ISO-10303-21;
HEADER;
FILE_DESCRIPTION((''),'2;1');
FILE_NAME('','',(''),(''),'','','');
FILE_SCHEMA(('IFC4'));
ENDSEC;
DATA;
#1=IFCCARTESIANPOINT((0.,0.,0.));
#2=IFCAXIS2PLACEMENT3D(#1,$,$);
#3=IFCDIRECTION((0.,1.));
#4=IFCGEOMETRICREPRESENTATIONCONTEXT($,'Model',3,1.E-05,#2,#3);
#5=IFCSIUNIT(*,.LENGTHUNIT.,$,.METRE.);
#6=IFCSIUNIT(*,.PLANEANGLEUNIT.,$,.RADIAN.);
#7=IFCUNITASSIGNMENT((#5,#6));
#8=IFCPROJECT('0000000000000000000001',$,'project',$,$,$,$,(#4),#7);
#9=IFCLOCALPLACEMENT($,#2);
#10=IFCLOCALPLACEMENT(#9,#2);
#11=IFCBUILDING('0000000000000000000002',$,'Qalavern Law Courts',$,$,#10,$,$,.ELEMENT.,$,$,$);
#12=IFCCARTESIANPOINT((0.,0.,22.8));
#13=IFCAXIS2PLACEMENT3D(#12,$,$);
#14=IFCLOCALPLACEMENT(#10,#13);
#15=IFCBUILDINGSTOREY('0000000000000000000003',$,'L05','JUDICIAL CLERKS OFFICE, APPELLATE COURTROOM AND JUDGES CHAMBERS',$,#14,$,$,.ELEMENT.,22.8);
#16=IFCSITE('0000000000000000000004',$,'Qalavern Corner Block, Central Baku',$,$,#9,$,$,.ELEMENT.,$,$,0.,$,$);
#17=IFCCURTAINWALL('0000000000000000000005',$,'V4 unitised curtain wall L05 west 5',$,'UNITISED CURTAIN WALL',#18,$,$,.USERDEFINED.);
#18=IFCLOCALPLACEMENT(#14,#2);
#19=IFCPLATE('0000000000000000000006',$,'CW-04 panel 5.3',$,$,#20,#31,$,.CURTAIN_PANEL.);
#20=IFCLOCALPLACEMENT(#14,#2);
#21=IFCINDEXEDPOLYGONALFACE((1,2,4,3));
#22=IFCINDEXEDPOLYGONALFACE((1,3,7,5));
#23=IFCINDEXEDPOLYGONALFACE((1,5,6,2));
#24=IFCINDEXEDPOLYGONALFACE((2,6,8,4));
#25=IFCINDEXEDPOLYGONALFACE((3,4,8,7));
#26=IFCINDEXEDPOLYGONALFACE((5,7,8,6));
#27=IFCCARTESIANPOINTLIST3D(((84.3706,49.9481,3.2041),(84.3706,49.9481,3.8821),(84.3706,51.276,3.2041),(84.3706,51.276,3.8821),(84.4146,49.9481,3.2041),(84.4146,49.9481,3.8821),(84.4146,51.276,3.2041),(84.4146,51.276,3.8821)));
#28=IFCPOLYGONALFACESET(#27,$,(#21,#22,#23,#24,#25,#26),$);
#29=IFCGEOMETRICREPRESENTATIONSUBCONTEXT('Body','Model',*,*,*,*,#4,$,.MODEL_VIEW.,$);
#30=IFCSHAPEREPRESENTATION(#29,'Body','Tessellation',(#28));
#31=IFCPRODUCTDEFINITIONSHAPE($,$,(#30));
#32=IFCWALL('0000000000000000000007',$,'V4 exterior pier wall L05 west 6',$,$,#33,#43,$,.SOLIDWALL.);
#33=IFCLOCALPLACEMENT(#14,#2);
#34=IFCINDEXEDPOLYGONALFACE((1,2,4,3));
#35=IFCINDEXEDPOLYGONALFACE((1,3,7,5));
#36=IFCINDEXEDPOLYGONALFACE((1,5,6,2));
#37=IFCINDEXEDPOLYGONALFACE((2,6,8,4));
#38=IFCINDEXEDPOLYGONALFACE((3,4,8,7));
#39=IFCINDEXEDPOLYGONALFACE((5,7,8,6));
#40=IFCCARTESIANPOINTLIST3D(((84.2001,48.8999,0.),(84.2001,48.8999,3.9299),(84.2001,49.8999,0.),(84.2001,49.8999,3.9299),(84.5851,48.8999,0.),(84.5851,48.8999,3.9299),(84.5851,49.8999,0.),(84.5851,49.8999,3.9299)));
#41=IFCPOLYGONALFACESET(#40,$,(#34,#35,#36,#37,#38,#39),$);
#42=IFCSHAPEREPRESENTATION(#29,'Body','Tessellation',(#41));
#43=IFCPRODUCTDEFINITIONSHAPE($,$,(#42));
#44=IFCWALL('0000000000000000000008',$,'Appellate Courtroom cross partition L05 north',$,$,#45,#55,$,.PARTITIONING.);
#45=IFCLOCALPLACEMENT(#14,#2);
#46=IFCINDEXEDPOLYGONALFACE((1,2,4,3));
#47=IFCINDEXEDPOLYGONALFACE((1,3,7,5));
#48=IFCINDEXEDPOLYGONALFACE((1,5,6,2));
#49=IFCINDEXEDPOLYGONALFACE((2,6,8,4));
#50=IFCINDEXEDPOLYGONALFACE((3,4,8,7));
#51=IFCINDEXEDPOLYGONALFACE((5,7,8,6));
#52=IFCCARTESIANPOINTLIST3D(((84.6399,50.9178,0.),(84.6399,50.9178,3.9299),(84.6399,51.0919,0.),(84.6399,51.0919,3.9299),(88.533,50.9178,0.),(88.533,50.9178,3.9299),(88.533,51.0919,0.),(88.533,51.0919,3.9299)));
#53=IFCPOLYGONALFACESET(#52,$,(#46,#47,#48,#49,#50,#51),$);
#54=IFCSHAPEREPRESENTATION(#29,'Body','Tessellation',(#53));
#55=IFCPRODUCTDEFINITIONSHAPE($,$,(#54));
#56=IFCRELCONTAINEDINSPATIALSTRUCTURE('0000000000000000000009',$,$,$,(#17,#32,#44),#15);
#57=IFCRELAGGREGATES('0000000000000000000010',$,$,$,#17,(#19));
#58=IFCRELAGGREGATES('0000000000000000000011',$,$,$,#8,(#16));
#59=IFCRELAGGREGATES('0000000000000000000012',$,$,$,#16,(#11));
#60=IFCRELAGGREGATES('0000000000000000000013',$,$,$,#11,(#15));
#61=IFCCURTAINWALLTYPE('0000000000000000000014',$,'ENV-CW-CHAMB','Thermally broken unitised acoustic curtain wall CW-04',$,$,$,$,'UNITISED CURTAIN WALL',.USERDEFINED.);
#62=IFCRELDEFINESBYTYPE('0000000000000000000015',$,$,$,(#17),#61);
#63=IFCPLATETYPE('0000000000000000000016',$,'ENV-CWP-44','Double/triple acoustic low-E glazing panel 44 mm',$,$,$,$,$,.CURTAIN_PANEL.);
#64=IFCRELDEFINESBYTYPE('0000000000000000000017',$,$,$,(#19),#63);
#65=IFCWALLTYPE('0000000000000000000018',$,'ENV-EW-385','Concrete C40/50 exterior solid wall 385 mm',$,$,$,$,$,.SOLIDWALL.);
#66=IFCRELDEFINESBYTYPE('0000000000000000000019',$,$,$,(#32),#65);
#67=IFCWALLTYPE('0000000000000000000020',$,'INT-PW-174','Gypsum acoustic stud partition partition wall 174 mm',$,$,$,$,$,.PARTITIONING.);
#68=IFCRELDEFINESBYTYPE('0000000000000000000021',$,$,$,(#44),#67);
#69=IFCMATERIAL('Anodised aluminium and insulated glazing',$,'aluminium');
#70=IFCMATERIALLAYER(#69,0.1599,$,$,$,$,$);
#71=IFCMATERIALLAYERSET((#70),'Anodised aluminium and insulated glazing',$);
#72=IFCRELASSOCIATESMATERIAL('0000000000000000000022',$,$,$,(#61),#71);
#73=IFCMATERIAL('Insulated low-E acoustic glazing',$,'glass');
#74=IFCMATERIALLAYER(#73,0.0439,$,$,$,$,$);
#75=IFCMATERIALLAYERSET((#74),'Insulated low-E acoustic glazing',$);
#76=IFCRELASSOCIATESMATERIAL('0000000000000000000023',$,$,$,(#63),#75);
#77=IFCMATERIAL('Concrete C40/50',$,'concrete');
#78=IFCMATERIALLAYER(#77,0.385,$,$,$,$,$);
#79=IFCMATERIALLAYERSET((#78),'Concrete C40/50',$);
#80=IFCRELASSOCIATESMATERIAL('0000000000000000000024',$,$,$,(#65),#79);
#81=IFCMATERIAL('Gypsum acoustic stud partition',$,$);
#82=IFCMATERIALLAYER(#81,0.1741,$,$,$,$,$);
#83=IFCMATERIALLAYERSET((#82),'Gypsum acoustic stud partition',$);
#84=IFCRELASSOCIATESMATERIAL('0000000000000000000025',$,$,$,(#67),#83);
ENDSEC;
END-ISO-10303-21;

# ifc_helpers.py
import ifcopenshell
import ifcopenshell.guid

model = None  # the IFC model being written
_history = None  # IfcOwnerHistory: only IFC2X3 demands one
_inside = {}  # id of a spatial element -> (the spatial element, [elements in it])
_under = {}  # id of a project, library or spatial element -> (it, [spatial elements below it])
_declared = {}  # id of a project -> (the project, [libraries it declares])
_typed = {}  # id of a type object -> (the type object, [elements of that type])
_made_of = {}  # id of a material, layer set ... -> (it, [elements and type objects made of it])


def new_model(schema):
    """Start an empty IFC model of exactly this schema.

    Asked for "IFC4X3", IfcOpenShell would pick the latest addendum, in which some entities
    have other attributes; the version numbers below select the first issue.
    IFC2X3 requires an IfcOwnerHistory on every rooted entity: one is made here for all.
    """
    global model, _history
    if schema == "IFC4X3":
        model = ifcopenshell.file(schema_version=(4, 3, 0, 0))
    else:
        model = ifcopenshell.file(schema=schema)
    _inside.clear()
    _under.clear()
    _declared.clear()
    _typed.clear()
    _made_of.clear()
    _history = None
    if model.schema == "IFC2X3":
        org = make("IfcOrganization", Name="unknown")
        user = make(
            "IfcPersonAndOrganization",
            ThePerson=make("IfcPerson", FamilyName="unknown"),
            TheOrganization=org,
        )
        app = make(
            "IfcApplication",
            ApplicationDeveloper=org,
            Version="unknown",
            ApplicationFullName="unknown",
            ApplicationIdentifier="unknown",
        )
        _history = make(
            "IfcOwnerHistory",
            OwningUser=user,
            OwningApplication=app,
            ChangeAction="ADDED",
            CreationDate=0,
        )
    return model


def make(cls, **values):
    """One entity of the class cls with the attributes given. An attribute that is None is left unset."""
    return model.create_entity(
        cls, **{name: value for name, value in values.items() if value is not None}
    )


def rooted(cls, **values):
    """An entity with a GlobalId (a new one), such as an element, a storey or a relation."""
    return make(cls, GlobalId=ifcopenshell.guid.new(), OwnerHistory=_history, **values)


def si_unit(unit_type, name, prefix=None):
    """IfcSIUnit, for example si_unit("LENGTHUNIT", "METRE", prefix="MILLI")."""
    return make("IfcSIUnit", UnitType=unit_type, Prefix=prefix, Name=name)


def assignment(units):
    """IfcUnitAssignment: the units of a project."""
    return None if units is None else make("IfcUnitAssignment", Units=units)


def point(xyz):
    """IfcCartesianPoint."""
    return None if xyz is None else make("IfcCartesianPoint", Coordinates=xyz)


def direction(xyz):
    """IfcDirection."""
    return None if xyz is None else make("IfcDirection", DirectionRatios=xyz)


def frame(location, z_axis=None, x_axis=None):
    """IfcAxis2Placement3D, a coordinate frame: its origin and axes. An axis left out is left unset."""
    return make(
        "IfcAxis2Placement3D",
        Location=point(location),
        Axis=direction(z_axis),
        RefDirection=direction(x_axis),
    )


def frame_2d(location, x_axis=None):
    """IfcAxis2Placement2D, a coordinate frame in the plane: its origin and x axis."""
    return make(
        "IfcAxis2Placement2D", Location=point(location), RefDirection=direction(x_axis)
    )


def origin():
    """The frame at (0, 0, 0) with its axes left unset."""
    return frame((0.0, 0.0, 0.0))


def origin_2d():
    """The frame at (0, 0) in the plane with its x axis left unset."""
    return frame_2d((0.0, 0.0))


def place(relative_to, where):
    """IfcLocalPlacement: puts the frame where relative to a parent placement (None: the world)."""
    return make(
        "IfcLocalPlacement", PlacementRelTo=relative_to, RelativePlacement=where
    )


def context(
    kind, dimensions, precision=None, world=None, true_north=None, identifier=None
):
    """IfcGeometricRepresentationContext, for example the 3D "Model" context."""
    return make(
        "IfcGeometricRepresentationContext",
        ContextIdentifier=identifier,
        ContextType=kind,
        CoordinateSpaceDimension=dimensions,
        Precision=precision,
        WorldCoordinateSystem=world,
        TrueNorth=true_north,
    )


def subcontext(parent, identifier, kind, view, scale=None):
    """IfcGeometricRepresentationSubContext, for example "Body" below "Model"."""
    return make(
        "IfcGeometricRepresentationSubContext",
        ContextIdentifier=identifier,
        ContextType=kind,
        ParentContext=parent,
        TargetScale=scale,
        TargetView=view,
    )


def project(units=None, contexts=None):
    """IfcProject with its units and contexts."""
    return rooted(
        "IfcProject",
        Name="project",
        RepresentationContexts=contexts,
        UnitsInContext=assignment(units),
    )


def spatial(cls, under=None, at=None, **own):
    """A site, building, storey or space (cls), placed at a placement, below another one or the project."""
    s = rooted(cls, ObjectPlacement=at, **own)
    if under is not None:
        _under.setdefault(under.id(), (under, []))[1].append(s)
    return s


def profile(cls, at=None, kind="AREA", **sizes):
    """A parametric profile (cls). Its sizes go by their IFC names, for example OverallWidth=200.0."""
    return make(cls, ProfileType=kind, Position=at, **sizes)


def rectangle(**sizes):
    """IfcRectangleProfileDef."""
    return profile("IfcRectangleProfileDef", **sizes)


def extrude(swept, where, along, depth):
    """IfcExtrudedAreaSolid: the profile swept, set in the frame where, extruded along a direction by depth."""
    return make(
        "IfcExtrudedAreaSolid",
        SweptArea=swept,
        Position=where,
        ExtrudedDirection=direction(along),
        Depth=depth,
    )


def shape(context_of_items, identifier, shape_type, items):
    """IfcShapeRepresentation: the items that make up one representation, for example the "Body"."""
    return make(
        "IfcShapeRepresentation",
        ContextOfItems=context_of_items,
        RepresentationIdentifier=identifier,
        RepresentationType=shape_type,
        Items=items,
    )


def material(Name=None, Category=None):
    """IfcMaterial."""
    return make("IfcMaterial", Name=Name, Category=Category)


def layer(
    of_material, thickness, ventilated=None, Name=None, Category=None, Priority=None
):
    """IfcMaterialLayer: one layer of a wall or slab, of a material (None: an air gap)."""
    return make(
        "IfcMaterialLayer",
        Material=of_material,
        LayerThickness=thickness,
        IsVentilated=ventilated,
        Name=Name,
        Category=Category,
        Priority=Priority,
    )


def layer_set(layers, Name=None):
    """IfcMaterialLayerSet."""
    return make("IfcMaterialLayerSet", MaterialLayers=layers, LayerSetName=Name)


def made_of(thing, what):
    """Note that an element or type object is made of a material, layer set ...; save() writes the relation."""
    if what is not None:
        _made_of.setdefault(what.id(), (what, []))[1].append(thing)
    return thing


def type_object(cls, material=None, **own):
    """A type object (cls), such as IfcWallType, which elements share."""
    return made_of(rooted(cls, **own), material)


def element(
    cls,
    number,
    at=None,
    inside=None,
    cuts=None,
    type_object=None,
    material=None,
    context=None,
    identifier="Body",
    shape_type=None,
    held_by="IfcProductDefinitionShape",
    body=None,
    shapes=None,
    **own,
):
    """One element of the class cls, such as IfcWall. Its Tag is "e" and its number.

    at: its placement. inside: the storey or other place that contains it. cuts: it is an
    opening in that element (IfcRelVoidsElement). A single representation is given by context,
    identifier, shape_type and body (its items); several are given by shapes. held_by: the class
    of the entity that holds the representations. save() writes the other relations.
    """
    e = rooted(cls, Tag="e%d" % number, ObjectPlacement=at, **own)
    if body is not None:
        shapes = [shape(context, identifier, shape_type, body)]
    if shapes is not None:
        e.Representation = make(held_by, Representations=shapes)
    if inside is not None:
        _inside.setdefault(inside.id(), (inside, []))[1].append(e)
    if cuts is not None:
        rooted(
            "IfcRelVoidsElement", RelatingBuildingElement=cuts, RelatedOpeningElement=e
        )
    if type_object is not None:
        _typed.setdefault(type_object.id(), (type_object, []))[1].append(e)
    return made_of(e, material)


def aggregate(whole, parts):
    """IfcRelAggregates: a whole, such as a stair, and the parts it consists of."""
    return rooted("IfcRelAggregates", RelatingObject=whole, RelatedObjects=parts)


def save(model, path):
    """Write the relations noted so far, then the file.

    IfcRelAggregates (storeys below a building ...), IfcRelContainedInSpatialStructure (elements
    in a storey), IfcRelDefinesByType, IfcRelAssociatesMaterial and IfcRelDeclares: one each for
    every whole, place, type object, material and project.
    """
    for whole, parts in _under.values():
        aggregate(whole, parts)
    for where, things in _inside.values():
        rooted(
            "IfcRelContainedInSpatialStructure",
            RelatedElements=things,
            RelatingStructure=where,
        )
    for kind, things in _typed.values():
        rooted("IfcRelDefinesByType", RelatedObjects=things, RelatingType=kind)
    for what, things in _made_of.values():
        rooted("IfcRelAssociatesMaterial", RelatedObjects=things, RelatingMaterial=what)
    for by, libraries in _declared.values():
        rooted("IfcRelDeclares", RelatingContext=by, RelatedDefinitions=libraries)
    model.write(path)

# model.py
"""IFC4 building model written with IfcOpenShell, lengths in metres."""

from ifc_helpers import new_model, si_unit, direction, frame, frame_2d, origin, origin_2d, place, context, subcontext, project, spatial, rectangle, extrude, material, layer, layer_set, type_object, element, aggregate, save


model = new_model("IFC4")

# Units and contexts
model_context = context("Model", 3, precision=1e-05, world=origin(), true_north=direction((0.0, 1.0)))
body_context = subcontext(model_context, "Body", "Model", "MODEL_VIEW")
ifc_project = project(units=[si_unit("LENGTHUNIT", "METRE"), si_unit("PLANEANGLEUNIT", "RADIAN")], contexts=[model_context])

# Site, building, storey
site_placement = place(None, origin())
site = spatial("IfcSite", under=ifc_project, at=site_placement, Name="Qalavern Corner Block, Central Baku", CompositionType="ELEMENT", RefElevation=0.0)
building_placement = place(site_placement, origin())
building = spatial("IfcBuilding", under=site, at=building_placement, Name="Qalavern Law Courts", CompositionType="ELEMENT")
storey_placement = place(building_placement, frame((0.0, 0.0, 22.8)))
storey = spatial("IfcBuildingStorey", under=building, at=storey_placement, Name="L05", Description="JUDICIAL CLERKS OFFICE, APPELLATE COURTROOM AND JUDGES CHAMBERS", CompositionType="ELEMENT", Elevation=22.8)

# Curtain wall
ifc_material_1 = material(Name="Anodised aluminium and insulated glazing", Category="aluminium")
ifc_layer_1 = layer(ifc_material_1, 0.1599)
ifc_layer_set_1 = layer_set([ifc_layer_1], Name="Anodised aluminium and insulated glazing")
curtain_wall_type = type_object("IfcCurtainWallType", Name="ENV-CW-CHAMB", Description="Thermally broken unitised acoustic curtain wall CW-04", ElementType="UNITISED CURTAIN WALL", PredefinedType="USERDEFINED", material=ifc_layer_set_1)
curtain_wall_1_placement = place(storey_placement, origin())
curtain_wall_1 = element("IfcCurtainWall", 1, at=curtain_wall_1_placement, inside=storey, type_object=curtain_wall_type, Name="V4 unitised curtain wall L05 west 5", ObjectType="UNITISED CURTAIN WALL", PredefinedType="USERDEFINED")

# Shared definitions
ifc_material_2 = material(Name="Concrete C40/50", Category="concrete")

# Plate
ifc_material_3 = material(Name="Insulated low-E acoustic glazing", Category="glass")
ifc_layer_2 = layer(ifc_material_3, 0.0439)
ifc_layer_set_2 = layer_set([ifc_layer_2], Name="Insulated low-E acoustic glazing")
plate_type = type_object("IfcPlateType", Name="ENV-CWP-44", Description="Double/triple acoustic low-E glazing panel 44 mm", PredefinedType="CURTAIN_PANEL", material=ifc_layer_set_2)
plate_1_placement = place(storey_placement, frame((84.3926, 50.6121, 3.2041), z_axis=(0.0, 0.0, 1.0), x_axis=(0.0, -1.0, 0.0)))
plate_1 = element("IfcPlate", 2, at=plate_1_placement, type_object=plate_type, Name="CW-04 panel 5.3", PredefinedType="CURTAIN_PANEL", context=body_context, shape_type="SweptSolid", body=[
    extrude(rectangle(XDim=1.3279, YDim=0.0439, at=origin_2d()), origin(), (0.0, 0.0, 1.0), 0.678),
])
aggregate(curtain_wall_1, [plate_1])

# Walls
ifc_layer_3 = layer(ifc_material_2, 0.385)
ifc_layer_set_3 = layer_set([ifc_layer_3], Name="Concrete C40/50")
wall_type_1 = type_object("IfcWallType", Name="ENV-EW-385", Description="Concrete C40/50 exterior solid wall 385 mm", PredefinedType="SOLIDWALL", material=ifc_layer_set_3)
wall_1_placement = place(storey_placement, frame((84.3926, 49.8999, 0.0), z_axis=(0.0, 0.0, 1.0), x_axis=(0.0, -1.0, 0.0)))
element("IfcWall", 3, at=wall_1_placement, inside=storey, type_object=wall_type_1, Name="V4 exterior pier wall L05 west 6", PredefinedType="SOLIDWALL", context=body_context, shape_type="SweptSolid", body=[
    extrude(rectangle(XDim=1.0, YDim=0.385, at=frame_2d((0.5, 0.0))), origin(), (0.0, 0.0, 1.0), 3.9299),
])
ifc_material_4 = material(Name="Gypsum acoustic stud partition")
ifc_layer_4 = layer(ifc_material_4, 0.1741)
ifc_layer_set_4 = layer_set([ifc_layer_4], Name="Gypsum acoustic stud partition")
wall_type_2 = type_object("IfcWallType", Name="INT-PW-174", Description="Gypsum acoustic stud partition partition wall 174 mm", PredefinedType="PARTITIONING", material=ifc_layer_set_4)
wall_2_placement = place(storey_placement, frame((84.6399, 51.0049, 0.0), z_axis=(0.0, 0.0, 1.0), x_axis=(1.0, 0.0, 0.0)))
element("IfcWall", 4, at=wall_2_placement, inside=storey, type_object=wall_type_2, Name="Appellate Courtroom cross partition L05 north", PredefinedType="PARTITIONING", context=body_context, shape_type="SweptSolid", body=[
    extrude(rectangle(XDim=3.8931, YDim=0.1741, at=frame_2d((1.9465, 0.0))), origin(), (0.0, 0.0, 1.0), 3.9299),
])

save(model, "model.ifc")
